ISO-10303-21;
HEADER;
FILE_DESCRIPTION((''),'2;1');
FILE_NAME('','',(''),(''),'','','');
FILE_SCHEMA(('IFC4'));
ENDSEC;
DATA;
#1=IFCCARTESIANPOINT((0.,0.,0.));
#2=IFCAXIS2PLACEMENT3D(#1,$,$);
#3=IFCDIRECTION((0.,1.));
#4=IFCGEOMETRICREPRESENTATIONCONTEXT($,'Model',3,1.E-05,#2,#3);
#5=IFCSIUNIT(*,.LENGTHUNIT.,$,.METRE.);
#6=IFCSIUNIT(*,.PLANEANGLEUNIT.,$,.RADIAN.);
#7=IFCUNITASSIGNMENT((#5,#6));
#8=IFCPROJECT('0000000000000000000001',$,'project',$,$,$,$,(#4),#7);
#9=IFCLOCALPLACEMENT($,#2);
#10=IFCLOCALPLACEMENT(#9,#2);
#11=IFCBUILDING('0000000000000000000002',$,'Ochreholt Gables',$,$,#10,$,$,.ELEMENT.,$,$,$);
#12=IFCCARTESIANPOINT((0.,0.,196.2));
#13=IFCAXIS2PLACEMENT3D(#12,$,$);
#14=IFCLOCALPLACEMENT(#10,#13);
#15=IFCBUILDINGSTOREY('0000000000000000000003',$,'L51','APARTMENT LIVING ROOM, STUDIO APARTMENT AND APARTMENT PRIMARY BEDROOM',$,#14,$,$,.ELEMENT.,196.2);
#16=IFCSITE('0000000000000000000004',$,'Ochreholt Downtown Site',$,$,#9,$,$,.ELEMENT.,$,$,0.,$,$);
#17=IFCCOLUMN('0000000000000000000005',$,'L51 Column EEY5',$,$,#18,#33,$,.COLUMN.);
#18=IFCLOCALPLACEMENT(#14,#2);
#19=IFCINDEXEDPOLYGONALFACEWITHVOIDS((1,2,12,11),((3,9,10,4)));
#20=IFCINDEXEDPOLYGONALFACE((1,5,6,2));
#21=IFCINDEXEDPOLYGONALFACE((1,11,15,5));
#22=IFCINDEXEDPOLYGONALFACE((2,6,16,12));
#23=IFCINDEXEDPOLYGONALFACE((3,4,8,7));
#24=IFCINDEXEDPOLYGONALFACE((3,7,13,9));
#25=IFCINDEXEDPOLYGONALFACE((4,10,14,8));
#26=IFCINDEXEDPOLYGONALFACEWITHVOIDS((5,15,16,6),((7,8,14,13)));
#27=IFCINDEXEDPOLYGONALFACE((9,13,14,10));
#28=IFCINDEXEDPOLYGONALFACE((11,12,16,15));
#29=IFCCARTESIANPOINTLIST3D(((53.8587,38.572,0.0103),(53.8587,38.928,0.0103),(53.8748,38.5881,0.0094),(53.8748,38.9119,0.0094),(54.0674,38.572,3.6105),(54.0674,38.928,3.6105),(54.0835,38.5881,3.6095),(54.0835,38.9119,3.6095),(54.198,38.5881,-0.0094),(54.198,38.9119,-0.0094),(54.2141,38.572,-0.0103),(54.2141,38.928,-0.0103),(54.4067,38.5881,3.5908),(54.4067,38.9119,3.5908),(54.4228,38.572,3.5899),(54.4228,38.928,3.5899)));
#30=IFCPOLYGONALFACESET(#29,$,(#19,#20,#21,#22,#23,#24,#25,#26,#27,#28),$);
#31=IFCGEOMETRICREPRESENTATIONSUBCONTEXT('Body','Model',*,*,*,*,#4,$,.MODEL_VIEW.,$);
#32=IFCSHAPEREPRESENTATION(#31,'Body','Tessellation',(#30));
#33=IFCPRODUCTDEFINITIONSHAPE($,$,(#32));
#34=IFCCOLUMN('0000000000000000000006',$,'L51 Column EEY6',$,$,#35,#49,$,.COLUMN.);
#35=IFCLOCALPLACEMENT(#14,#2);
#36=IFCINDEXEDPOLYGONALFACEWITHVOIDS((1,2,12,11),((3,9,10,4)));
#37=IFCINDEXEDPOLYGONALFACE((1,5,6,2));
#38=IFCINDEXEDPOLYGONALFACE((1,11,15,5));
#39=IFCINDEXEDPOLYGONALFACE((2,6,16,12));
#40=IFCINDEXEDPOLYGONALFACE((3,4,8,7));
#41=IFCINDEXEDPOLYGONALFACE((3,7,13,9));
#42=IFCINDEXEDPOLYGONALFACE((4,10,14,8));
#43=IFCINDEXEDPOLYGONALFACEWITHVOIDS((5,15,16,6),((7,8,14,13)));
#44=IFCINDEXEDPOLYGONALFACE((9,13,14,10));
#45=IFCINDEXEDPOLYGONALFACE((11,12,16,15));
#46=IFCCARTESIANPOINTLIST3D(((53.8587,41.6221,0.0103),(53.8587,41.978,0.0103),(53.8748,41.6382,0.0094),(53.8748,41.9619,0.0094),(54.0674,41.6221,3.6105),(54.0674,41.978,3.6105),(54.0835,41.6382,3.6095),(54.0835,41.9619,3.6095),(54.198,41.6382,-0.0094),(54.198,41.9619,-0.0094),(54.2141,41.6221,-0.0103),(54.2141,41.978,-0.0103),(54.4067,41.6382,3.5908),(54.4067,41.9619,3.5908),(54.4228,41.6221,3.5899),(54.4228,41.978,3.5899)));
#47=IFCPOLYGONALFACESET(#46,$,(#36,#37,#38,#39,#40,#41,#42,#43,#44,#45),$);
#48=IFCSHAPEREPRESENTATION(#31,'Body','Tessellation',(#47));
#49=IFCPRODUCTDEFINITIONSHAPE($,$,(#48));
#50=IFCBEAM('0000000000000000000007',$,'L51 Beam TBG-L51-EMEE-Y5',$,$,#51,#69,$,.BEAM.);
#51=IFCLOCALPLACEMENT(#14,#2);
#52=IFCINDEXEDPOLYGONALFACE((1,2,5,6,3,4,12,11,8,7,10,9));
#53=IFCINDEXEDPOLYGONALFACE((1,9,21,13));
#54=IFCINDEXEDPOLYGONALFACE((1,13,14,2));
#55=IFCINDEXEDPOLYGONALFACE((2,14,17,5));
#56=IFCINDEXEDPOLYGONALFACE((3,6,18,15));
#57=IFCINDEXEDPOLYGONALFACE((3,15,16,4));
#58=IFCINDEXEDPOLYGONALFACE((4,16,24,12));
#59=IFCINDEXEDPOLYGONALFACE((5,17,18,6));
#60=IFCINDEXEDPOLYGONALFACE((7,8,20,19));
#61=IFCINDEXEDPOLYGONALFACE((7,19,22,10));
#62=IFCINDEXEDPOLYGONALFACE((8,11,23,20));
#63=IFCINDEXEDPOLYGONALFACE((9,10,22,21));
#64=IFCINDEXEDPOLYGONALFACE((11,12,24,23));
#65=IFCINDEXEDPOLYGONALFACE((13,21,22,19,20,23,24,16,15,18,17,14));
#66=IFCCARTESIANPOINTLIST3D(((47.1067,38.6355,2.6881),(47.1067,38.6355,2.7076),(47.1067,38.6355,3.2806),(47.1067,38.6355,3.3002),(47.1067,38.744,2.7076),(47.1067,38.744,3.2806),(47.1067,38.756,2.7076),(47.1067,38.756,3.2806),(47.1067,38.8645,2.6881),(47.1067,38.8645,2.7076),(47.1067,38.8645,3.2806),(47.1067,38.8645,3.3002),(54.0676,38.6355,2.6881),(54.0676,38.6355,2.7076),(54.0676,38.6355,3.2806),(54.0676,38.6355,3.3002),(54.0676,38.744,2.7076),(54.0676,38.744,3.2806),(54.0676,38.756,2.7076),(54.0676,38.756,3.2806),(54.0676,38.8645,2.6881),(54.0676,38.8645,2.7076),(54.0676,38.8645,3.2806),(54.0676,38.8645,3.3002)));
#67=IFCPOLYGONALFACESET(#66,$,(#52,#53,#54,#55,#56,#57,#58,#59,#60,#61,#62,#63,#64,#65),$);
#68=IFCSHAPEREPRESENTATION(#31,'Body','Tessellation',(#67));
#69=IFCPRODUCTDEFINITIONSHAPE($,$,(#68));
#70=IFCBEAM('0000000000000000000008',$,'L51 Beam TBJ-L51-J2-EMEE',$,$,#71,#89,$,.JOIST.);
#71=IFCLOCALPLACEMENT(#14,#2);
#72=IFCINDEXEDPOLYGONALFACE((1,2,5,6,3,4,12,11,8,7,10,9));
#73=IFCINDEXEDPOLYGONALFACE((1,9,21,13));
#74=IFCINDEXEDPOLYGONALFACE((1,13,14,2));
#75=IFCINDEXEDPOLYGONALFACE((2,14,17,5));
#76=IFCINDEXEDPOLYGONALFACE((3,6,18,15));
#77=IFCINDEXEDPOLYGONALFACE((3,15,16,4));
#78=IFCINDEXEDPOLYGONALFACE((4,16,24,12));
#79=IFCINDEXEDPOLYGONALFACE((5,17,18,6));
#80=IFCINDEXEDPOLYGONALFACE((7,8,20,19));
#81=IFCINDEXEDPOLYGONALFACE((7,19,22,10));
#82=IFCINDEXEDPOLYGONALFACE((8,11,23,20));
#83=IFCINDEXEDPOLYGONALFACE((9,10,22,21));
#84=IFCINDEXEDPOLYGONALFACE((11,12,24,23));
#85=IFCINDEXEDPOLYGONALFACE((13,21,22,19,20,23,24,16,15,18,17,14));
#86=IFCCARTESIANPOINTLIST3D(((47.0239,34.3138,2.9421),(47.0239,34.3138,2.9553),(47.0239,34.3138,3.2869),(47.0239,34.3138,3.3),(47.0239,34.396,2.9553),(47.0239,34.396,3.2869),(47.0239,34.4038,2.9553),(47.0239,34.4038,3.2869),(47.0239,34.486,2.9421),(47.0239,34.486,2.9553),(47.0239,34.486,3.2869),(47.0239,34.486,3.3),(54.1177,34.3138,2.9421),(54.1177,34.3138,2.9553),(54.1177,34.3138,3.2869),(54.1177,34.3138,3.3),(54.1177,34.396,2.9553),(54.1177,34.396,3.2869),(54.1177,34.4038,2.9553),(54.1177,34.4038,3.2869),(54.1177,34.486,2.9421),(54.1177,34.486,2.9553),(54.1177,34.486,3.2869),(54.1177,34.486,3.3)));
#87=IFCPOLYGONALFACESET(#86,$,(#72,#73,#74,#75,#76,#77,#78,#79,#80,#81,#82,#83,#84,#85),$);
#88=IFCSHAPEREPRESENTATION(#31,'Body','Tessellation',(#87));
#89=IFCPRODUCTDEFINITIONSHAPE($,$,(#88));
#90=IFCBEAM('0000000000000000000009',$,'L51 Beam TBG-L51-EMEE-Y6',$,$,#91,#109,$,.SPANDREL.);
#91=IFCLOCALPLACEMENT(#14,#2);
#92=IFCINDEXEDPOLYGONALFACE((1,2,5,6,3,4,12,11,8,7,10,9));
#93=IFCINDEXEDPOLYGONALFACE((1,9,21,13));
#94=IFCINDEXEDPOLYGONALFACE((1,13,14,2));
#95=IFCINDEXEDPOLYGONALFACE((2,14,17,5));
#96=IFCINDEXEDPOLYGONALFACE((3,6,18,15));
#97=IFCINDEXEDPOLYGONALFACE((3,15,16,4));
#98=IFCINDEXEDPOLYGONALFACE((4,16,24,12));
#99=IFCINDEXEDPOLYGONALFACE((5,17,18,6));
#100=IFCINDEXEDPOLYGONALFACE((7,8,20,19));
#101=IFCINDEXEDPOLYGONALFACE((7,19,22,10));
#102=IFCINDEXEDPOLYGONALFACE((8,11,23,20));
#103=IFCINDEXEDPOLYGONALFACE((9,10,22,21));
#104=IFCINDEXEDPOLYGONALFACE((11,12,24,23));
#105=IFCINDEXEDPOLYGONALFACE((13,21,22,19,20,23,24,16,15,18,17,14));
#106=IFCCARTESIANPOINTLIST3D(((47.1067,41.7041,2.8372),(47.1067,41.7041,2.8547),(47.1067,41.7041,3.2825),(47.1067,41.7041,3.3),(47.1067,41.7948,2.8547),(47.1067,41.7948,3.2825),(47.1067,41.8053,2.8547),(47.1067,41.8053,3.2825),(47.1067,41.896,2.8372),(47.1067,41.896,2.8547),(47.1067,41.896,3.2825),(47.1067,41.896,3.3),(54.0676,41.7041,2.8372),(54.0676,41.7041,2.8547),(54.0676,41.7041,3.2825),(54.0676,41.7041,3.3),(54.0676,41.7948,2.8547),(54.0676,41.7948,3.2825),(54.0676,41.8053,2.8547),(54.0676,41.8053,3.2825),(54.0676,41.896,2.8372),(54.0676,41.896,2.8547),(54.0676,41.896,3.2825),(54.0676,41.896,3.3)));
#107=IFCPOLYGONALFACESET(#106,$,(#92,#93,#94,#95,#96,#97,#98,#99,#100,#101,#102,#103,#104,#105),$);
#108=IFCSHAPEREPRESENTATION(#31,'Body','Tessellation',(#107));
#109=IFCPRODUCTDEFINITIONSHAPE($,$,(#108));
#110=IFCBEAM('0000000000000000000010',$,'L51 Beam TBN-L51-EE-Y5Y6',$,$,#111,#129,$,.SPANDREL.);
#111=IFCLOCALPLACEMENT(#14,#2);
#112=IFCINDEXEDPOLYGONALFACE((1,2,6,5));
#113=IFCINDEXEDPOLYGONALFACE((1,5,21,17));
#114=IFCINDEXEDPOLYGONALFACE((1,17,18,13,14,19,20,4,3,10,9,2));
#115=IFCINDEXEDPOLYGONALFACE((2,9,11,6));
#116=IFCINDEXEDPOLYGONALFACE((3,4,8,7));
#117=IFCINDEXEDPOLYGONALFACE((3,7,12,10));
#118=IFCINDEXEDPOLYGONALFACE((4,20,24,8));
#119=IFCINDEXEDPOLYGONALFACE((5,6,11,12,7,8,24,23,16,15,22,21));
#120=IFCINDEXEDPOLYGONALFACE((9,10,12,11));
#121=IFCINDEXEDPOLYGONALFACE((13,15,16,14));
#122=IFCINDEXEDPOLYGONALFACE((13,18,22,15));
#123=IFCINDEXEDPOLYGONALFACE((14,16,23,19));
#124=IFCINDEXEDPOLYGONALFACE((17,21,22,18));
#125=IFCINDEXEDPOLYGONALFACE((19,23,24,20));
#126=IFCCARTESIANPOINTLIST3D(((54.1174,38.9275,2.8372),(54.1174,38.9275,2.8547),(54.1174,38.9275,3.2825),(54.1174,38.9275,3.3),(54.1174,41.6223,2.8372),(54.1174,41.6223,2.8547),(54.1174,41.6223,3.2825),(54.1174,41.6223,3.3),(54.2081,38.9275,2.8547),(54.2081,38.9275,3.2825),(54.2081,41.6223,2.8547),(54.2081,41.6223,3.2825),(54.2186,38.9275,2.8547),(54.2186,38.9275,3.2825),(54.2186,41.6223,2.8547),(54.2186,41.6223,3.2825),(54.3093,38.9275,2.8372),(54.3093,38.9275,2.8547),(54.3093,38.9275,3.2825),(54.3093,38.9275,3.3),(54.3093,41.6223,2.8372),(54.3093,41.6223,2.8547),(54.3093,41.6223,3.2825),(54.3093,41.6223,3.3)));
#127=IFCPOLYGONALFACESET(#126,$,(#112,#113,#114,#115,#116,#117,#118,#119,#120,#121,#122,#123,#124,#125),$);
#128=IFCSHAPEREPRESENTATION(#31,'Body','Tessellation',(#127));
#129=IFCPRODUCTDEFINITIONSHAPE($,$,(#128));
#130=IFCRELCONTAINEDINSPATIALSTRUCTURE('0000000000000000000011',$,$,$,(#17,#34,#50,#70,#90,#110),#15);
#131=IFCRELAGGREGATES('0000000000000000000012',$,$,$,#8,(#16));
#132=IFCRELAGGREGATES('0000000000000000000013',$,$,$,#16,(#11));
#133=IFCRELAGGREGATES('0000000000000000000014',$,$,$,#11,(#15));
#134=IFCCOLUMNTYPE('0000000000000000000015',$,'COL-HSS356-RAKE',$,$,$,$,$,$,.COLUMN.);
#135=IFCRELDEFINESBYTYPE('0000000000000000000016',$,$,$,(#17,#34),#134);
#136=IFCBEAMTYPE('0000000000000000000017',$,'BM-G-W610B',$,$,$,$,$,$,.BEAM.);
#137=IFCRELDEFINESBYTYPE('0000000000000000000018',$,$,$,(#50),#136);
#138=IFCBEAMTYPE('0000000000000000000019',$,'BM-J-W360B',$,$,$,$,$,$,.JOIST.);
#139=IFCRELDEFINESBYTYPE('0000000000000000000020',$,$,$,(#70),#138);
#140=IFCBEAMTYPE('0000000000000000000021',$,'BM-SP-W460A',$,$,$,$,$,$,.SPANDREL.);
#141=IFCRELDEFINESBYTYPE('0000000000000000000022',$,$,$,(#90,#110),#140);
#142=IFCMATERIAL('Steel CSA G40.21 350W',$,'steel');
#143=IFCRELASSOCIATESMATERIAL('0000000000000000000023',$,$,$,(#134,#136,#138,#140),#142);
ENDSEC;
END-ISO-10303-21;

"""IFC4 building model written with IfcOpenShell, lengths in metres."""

from ifc_helpers import new_model, si_unit, direction, frame, origin, origin_2d, place, context, subcontext, project, spatial, hollow_rectangle, i_section, extrude, material, material_profile, profile_set, type_object, element, save


model = new_model("IFC4")

# Units and contexts
model_context = context("Model", 3, precision=1e-05, world=origin(), true_north=direction((0.0, 1.0)))
body_context = subcontext(model_context, "Body", "Model", "MODEL_VIEW")
ifc_project = project(units=[si_unit("LENGTHUNIT", "METRE"), si_unit("PLANEANGLEUNIT", "RADIAN")], contexts=[model_context])

# Site, building, storey
site_placement = place(None, origin())
site = spatial("IfcSite", under=ifc_project, at=site_placement, Name="Ochreholt Downtown Site", CompositionType="ELEMENT", RefElevation=0.0)
building_placement = place(site_placement, origin())
building = spatial("IfcBuilding", under=site, at=building_placement, Name="Ochreholt Gables", CompositionType="ELEMENT")
storey_placement = place(building_placement, frame((0.0, 0.0, 196.2)))
storey = spatial("IfcBuildingStorey", under=building, at=storey_placement, Name="L51", Description="APARTMENT LIVING ROOM, STUDIO APARTMENT AND APARTMENT PRIMARY BEDROOM", CompositionType="ELEMENT", Elevation=196.2)

# Columns
ifc_material_1 = material(Name="Steel CSA G40.21 350W", Category="steel")
ifc_material_profile_1 = material_profile(ifc_material_1, hollow_rectangle(XDim=0.356, YDim=0.356, WallThickness=0.0161, at=origin_2d()), Name="HSS356X356X16")
ifc_profile_set_1 = profile_set([ifc_material_profile_1], Name="Steel CSA G40.21 350W")
column_type = type_object("IfcColumnType", Name="COL-HSS356-RAKE", PredefinedType="COLUMN", material=ifc_profile_set_1)
for number, where, z_axis, x_axis, name in (
    (1, (54.0364, 38.75, 0.0), (0.057885, 0.0, 0.998323), (0.0, 1.0, 0.0), "L51 Column EEY5"),
    (2, (54.0364, 41.8, 0.0), (0.057885, 0.0, 0.998323), (0.0, 1.0, 0.0), "L51 Column EEY6"),
):
    element("IfcColumn", number, at=place(storey_placement, frame(where, z_axis=z_axis, x_axis=x_axis)), inside=storey, type_object=column_type, Name=name, PredefinedType="COLUMN", context=body_context, shape_type="SweptSolid", body=[
        extrude(hollow_rectangle(XDim=0.356, YDim=0.356, WallThickness=0.0161, at=origin_2d()), origin(), (0.0, 0.0, 1.0), 3.6062),
    ])

# Beams
ifc_material_profile_2 = material_profile(ifc_material_1, i_section(OverallWidth=0.229, OverallDepth=0.6121, WebThickness=0.012, FlangeThickness=0.0195, at=origin_2d()), Name="W610X125")
ifc_profile_set_2 = profile_set([ifc_material_profile_2], Name="Steel CSA G40.21 350W")
beam_type_1 = type_object("IfcBeamType", Name="BM-G-W610B", PredefinedType="BEAM", material=ifc_profile_set_2)
beam_1_placement = place(storey_placement, frame((47.1067, 38.75, 2.9941), z_axis=(1.0, 0.0, 0.0), x_axis=(0.0, 1.0, 0.0)))
element("IfcBeam", 3, at=beam_1_placement, inside=storey, type_object=beam_type_1, Name="L51 Beam TBG-L51-EMEE-Y5", PredefinedType="BEAM", context=body_context, shape_type="SweptSolid", body=[
    extrude(i_section(OverallWidth=0.229, OverallDepth=0.6121, WebThickness=0.012, FlangeThickness=0.0195, at=origin_2d()), origin(), (0.0, 0.0, 1.0), 6.9609),
])
ifc_material_profile_3 = material_profile(ifc_material_1, i_section(OverallWidth=0.1721, OverallDepth=0.3579, WebThickness=0.0078, FlangeThickness=0.0132, at=origin_2d()), Name="W360X57")
ifc_profile_set_3 = profile_set([ifc_material_profile_3], Name="Steel CSA G40.21 350W")
beam_type_2 = type_object("IfcBeamType", Name="BM-J-W360B", PredefinedType="JOIST", material=ifc_profile_set_3)
beam_2_placement = place(storey_placement, frame((47.0239, 34.3999, 3.1211), z_axis=(1.0, 0.0, 0.0), x_axis=(0.0, 1.0, 0.0)))
element("IfcBeam", 4, at=beam_2_placement, inside=storey, type_object=beam_type_2, Name="L51 Beam TBJ-L51-J2-EMEE", PredefinedType="JOIST", context=body_context, shape_type="SweptSolid", body=[
    extrude(i_section(OverallWidth=0.1721, OverallDepth=0.3579, WebThickness=0.0078, FlangeThickness=0.0132, at=origin_2d()), origin(), (0.0, 0.0, 1.0), 7.0938),
])
ifc_material_profile_4 = material_profile(ifc_material_1, i_section(OverallWidth=0.1919, OverallDepth=0.4629, WebThickness=0.0105, FlangeThickness=0.0176, at=origin_2d()), Name="W460X89")
ifc_profile_set_4 = profile_set([ifc_material_profile_4], Name="Steel CSA G40.21 350W")
beam_type_3 = type_object("IfcBeamType", Name="BM-SP-W460A", PredefinedType="SPANDREL", material=ifc_profile_set_4)
beam_3_placement = place(storey_placement, frame((47.1067, 41.8, 3.0686), z_axis=(1.0, 0.0, 0.0), x_axis=(0.0, 1.0, 0.0)))
element("IfcBeam", 5, at=beam_3_placement, inside=storey, type_object=beam_type_3, Name="L51 Beam TBG-L51-EMEE-Y6", PredefinedType="SPANDREL", context=body_context, shape_type="SweptSolid", body=[
    extrude(i_section(OverallWidth=0.1919, OverallDepth=0.4629, WebThickness=0.0105, FlangeThickness=0.0176, at=origin_2d()), origin(), (0.0, 0.0, 1.0), 6.9609),
])
beam_4_placement = place(storey_placement, frame((54.2134, 38.9275, 3.0686), z_axis=(0.0, 1.0, 0.0), x_axis=(-1.0, 0.0, 0.0)))
element("IfcBeam", 6, at=beam_4_placement, inside=storey, type_object=beam_type_3, Name="L51 Beam TBN-L51-EE-Y5Y6", PredefinedType="SPANDREL", context=body_context, shape_type="SweptSolid", body=[
    extrude(i_section(OverallWidth=0.1919, OverallDepth=0.4629, WebThickness=0.0105, FlangeThickness=0.0176, at=origin_2d()), origin(), (0.0, 0.0, 1.0), 2.6948),
])

save(model, "model.ifc")
